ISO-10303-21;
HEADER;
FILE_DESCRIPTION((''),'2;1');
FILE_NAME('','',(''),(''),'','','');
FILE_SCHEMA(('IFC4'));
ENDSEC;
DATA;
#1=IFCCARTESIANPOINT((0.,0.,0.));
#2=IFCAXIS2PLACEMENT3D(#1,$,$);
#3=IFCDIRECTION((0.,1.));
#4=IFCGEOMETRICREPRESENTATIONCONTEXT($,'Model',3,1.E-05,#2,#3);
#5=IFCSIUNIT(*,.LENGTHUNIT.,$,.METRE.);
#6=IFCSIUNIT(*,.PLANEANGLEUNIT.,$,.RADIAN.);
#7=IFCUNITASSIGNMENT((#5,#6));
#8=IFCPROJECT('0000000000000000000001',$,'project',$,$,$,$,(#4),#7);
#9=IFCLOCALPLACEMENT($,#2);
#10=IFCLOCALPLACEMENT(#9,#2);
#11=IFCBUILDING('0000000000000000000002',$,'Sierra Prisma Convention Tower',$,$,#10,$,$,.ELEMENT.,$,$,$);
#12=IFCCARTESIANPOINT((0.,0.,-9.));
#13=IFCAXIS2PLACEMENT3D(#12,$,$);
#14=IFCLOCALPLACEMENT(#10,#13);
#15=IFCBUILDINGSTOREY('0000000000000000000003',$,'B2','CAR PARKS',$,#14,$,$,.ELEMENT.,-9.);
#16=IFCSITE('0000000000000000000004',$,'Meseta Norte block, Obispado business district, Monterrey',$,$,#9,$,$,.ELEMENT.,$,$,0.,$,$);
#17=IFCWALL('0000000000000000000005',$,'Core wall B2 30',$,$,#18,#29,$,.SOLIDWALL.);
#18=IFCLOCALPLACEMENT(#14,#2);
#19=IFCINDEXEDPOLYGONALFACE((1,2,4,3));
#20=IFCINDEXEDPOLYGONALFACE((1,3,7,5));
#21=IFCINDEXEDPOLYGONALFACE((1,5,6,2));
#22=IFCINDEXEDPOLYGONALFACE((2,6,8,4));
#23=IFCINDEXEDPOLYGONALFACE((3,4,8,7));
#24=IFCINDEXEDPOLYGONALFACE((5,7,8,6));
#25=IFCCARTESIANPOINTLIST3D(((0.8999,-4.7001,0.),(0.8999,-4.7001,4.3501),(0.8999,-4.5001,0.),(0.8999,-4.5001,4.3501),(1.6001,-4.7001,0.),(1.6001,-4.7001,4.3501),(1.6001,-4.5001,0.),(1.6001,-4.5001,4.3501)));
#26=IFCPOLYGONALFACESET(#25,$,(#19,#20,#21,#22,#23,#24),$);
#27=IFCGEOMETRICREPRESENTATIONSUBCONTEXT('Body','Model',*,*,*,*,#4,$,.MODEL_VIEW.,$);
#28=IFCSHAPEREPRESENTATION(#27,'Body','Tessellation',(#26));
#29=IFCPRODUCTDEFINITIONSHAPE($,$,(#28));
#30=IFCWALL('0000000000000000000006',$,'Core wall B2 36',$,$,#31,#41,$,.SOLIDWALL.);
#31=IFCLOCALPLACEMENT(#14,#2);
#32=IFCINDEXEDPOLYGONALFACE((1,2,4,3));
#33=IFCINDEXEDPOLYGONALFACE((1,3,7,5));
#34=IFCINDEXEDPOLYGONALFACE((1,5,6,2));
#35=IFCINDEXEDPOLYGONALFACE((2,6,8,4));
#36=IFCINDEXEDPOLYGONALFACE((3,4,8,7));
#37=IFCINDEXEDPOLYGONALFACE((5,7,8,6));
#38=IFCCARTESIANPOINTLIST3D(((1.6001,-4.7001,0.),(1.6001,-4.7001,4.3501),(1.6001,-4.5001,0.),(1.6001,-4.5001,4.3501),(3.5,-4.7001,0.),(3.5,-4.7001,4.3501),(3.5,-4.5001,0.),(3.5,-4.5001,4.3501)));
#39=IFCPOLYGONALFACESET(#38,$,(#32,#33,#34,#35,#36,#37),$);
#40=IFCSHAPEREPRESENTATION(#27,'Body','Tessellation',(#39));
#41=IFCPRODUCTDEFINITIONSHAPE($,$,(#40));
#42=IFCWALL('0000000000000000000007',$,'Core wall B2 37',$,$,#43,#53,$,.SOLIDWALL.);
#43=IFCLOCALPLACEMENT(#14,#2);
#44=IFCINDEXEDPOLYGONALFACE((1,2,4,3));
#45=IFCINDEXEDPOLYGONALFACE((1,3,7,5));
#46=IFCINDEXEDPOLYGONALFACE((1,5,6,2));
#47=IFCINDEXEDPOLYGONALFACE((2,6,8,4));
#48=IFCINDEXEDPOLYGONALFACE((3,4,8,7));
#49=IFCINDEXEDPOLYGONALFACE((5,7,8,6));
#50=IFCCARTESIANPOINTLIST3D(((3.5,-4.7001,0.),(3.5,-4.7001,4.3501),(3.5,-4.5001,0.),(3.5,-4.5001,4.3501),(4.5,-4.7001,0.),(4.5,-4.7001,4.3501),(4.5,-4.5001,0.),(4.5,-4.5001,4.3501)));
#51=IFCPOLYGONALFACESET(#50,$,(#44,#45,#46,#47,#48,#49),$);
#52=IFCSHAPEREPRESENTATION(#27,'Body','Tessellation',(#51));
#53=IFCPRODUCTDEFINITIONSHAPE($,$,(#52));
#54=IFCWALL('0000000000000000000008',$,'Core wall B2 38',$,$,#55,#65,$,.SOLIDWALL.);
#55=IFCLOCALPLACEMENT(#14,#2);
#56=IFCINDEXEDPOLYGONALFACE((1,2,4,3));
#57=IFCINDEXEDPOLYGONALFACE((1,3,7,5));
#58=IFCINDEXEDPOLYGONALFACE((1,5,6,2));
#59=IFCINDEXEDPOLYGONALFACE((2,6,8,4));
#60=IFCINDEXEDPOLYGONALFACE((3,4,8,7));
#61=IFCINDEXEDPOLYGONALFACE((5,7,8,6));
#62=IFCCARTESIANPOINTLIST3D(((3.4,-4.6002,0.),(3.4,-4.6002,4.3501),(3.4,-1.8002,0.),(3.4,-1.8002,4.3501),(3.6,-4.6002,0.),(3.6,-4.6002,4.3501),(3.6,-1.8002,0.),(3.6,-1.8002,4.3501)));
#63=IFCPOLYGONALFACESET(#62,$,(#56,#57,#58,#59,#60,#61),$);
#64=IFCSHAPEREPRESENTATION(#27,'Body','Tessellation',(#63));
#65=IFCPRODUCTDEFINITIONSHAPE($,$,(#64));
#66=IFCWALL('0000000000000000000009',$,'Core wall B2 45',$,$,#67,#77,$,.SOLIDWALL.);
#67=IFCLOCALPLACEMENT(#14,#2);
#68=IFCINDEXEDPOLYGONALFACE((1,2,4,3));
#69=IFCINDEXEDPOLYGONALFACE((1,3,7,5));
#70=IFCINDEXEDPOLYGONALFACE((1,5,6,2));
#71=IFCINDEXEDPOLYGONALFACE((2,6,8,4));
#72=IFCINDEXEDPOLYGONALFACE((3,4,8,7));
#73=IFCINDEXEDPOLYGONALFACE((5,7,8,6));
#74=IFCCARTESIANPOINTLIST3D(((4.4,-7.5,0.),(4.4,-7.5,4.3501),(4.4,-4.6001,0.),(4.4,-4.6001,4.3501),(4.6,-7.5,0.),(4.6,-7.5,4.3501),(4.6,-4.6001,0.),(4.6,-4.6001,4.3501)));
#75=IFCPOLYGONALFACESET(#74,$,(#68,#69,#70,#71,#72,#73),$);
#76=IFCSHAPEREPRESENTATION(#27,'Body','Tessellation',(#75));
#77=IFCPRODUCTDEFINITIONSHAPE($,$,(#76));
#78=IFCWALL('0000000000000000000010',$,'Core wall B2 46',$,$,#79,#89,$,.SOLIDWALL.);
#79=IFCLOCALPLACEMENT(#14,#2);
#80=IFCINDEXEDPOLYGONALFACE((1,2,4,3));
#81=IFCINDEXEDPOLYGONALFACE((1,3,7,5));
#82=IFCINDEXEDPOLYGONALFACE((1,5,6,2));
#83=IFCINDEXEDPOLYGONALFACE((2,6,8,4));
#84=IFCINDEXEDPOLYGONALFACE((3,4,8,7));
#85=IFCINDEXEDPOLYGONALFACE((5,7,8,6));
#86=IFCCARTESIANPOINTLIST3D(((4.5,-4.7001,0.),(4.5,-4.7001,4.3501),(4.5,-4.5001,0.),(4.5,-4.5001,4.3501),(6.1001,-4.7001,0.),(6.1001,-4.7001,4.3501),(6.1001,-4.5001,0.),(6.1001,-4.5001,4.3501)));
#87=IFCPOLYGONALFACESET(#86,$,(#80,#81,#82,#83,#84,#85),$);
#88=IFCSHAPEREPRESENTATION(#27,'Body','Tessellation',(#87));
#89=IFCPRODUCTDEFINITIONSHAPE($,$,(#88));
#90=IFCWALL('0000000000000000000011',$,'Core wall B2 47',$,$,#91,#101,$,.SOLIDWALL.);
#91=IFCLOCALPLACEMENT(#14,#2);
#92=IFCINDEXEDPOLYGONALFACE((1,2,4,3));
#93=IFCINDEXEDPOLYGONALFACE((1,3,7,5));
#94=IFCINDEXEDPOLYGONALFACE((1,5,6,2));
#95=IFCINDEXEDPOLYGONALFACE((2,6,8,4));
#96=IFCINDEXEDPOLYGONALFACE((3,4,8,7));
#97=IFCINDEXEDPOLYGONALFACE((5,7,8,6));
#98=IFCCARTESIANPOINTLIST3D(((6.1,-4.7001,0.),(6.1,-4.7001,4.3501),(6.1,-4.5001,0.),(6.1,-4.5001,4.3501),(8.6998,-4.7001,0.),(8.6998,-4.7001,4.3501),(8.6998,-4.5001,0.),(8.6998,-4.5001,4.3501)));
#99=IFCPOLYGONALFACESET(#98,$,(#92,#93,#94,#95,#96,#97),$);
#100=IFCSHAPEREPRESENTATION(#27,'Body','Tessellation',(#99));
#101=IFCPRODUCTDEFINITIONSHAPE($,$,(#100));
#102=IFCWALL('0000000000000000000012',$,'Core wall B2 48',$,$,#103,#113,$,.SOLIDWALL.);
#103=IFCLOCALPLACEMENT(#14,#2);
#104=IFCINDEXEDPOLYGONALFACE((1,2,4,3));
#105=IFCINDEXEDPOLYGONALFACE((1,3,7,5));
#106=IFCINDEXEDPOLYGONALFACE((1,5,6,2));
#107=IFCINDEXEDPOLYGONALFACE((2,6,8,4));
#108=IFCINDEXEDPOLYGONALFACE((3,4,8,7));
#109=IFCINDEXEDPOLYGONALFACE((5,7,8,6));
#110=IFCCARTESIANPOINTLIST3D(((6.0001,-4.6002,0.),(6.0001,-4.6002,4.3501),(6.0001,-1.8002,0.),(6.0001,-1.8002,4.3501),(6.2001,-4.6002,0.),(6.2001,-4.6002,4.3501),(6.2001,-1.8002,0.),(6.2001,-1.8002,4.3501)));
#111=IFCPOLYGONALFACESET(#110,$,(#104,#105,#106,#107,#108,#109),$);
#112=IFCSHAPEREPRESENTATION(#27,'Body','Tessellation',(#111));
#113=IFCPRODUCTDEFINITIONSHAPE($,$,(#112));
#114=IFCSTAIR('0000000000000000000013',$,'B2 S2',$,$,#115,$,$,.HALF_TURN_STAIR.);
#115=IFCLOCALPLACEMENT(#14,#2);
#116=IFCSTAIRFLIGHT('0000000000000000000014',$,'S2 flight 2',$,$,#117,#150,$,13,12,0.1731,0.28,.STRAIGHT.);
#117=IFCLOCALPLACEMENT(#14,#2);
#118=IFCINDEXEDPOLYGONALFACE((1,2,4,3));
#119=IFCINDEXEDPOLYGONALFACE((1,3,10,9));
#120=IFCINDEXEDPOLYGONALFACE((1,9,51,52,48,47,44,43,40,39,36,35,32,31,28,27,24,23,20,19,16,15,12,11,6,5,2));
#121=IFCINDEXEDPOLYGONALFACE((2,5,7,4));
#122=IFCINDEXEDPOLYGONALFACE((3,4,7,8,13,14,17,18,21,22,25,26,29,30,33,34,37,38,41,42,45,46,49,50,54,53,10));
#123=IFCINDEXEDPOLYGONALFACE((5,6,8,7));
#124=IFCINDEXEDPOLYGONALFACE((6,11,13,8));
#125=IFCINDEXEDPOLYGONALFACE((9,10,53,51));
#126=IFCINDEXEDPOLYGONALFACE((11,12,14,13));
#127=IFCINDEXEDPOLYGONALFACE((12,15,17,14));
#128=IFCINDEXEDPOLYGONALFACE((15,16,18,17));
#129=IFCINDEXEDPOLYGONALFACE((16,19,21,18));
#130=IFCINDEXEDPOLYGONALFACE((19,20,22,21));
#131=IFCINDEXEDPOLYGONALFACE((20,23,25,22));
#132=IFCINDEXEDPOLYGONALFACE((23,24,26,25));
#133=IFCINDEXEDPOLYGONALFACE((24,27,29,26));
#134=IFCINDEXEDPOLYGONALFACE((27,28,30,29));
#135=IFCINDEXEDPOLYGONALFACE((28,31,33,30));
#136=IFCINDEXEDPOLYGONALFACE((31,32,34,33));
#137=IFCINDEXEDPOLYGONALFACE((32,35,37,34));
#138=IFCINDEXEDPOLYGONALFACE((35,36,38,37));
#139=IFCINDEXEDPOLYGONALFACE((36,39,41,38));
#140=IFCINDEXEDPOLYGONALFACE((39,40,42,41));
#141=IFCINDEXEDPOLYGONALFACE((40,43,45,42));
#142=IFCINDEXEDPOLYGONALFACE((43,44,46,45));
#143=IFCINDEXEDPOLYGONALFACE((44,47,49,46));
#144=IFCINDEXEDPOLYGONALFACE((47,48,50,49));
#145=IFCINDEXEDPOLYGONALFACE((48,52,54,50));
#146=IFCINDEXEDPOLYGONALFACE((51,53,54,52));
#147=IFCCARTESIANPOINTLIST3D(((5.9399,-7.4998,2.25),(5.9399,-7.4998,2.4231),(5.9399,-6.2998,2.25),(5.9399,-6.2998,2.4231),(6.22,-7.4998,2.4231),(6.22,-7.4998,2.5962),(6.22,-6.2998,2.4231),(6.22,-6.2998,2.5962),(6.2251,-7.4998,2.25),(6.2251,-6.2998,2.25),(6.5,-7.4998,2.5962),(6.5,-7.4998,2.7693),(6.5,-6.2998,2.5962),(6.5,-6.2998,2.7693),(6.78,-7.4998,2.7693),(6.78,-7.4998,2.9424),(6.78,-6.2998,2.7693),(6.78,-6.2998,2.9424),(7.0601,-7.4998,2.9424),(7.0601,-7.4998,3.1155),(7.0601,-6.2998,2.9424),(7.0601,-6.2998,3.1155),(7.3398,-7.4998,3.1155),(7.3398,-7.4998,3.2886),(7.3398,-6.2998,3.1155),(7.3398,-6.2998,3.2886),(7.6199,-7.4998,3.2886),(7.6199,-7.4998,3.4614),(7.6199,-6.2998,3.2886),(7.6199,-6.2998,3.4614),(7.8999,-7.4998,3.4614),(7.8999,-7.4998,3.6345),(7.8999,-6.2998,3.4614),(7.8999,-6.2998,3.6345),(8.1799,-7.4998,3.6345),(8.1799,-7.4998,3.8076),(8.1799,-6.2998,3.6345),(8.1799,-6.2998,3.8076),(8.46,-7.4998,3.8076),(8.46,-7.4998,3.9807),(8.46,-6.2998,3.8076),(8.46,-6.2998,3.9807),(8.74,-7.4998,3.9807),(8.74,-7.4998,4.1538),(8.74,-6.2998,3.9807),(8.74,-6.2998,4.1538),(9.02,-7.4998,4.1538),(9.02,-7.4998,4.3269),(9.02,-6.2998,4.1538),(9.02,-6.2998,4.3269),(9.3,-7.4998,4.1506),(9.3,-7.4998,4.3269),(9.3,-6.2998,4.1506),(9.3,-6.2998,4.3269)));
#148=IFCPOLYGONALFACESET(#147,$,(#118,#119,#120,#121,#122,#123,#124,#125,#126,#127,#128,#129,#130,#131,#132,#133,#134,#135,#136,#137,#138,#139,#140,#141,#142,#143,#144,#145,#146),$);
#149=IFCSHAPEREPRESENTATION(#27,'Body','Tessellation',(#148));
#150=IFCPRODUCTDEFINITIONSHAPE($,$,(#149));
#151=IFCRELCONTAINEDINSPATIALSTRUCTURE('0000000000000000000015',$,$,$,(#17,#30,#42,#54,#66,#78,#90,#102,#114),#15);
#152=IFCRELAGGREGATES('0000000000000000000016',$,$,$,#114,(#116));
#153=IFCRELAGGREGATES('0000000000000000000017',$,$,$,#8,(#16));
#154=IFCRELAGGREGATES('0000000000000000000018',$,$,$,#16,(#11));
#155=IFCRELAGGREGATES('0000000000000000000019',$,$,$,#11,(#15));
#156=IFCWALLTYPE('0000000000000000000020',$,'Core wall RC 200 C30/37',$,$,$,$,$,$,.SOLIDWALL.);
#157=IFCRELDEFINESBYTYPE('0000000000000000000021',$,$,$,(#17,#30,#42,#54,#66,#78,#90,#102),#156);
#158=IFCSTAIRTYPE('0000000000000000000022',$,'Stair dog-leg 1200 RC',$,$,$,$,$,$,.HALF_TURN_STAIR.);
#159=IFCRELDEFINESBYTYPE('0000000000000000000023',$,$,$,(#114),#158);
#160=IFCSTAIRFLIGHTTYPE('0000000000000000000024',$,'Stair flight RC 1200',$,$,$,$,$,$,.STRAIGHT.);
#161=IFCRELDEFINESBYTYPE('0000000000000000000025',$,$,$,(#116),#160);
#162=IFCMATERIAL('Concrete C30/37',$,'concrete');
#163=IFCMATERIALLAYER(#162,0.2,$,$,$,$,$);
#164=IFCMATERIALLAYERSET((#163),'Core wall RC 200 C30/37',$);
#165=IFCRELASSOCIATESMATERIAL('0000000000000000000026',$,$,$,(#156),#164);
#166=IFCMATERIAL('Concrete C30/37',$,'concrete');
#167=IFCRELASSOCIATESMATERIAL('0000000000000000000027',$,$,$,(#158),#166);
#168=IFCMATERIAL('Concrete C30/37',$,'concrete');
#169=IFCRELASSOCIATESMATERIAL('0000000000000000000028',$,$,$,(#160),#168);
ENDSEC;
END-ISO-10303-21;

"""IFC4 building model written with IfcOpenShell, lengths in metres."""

from ifc_helpers import new_model, si_unit, direction, frame, frame_2d, origin, place, context, subcontext, project, spatial, polyline, rectangle, outline, extrude, material, layer, layer_set, type_object, element, aggregate, save


model = new_model("IFC4")

# Units and contexts
model_context = context("Model", 3, precision=1e-05, world=origin(), true_north=direction((0.0, 1.0)))
body_context = subcontext(model_context, "Body", "Model", "MODEL_VIEW")
ifc_project = project(units=[si_unit("LENGTHUNIT", "METRE"), si_unit("PLANEANGLEUNIT", "RADIAN")], contexts=[model_context])

# Site, building, storey
site_placement = place(None, origin())
site = spatial("IfcSite", under=ifc_project, at=site_placement, Name="Meseta Norte block, Obispado business district, Monterrey", CompositionType="ELEMENT", RefElevation=0.0)
building_placement = place(site_placement, origin())
building = spatial("IfcBuilding", under=site, at=building_placement, Name="Sierra Prisma Convention Tower", CompositionType="ELEMENT")
storey_placement = place(building_placement, frame((0.0, 0.0, -9.0)))
storey = spatial("IfcBuildingStorey", under=building, at=storey_placement, Name="B2", Description="CAR PARKS", CompositionType="ELEMENT", Elevation=-9.0)

# Wall
ifc_material_1 = material(Name="Concrete C30/37", Category="concrete")
ifc_layer = layer(ifc_material_1, 0.2)
ifc_layer_set = layer_set([ifc_layer], Name="Core wall RC 200 C30/37")
wall_type = type_object("IfcWallType", Name="Core wall RC 200 C30/37", PredefinedType="SOLIDWALL", material=ifc_layer_set)
wall_1_placement = place(storey_placement, frame((0.8999, -4.6001, 0.0), z_axis=(0.0, 0.0, 1.0), x_axis=(1.0, 0.0, 0.0)))
element("IfcWall", 1, at=wall_1_placement, inside=storey, type_object=wall_type, Name="Core wall B2 30", PredefinedType="SOLIDWALL", context=body_context, shape_type="SweptSolid", body=[
    extrude(rectangle(XDim=0.7002, YDim=0.2, at=frame_2d((0.3501, 0.0))), origin(), (0.0, 0.0, 1.0), 4.3501),
])

# Walls
wall_2_placement = place(storey_placement, frame((1.6001, -4.6001, 0.0), z_axis=(0.0, 0.0, 1.0), x_axis=(1.0, 0.0, 0.0)))
element("IfcWall", 2, at=wall_2_placement, inside=storey, type_object=wall_type, Name="Core wall B2 36", PredefinedType="SOLIDWALL", context=body_context, shape_type="SweptSolid", body=[
    extrude(rectangle(XDim=1.8999, YDim=0.2, at=frame_2d((0.95, 0.0))), origin(), (0.0, 0.0, 1.0), 4.3501),
])
wall_3_placement = place(storey_placement, frame((4.5, -4.6001, 0.0), z_axis=(0.0, 0.0, 1.0), x_axis=(-1.0, 0.0, 0.0)))
element("IfcWall", 3, at=wall_3_placement, inside=storey, type_object=wall_type, Name="Core wall B2 37", PredefinedType="SOLIDWALL", context=body_context, shape_type="SweptSolid", body=[
    extrude(rectangle(XDim=1.0, YDim=0.2, at=frame_2d((0.5, 0.0))), origin(), (0.0, 0.0, 1.0), 4.3501),
])
wall_4_placement = place(storey_placement, frame((3.5, -4.6001, 0.0), z_axis=(0.0, 0.0, 1.0), x_axis=(0.0, 1.0, 0.0)))
element("IfcWall", 4, at=wall_4_placement, inside=storey, type_object=wall_type, Name="Core wall B2 38", PredefinedType="SOLIDWALL", context=body_context, shape_type="SweptSolid", body=[
    extrude(rectangle(XDim=2.8, YDim=0.2, at=frame_2d((1.3999, 0.0))), origin(), (0.0, 0.0, 1.0), 4.3501),
])
wall_5_placement = place(storey_placement, frame((4.5, -7.5, 0.0), z_axis=(0.0, 0.0, 1.0), x_axis=(0.0, 1.0, 0.0)))
element("IfcWall", 5, at=wall_5_placement, inside=storey, type_object=wall_type, Name="Core wall B2 45", PredefinedType="SOLIDWALL", context=body_context, shape_type="SweptSolid", body=[
    extrude(rectangle(XDim=2.8999, YDim=0.2, at=frame_2d((1.45, 0.0))), origin(), (0.0, 0.0, 1.0), 4.3501),
])
wall_6_placement = place(storey_placement, frame((4.5, -4.6001, 0.0), z_axis=(0.0, 0.0, 1.0), x_axis=(1.0, 0.0, 0.0)))
element("IfcWall", 6, at=wall_6_placement, inside=storey, type_object=wall_type, Name="Core wall B2 46", PredefinedType="SOLIDWALL", context=body_context, shape_type="SweptSolid", body=[
    extrude(rectangle(XDim=1.6001, YDim=0.2, at=frame_2d((0.8, 0.0))), origin(), (0.0, 0.0, 1.0), 4.3501),
])
wall_7_placement = place(storey_placement, frame((6.1001, -4.6001, 0.0), z_axis=(0.0, 0.0, 1.0), x_axis=(1.0, 0.0, 0.0)))
element("IfcWall", 7, at=wall_7_placement, inside=storey, type_object=wall_type, Name="Core wall B2 47", PredefinedType="SOLIDWALL", context=body_context, shape_type="SweptSolid", body=[
    extrude(rectangle(XDim=2.5999, YDim=0.2, at=frame_2d((1.2998, 0.0))), origin(), (0.0, 0.0, 1.0), 4.3501),
])
wall_8_placement = place(storey_placement, frame((6.1001, -4.6001, 0.0), z_axis=(0.0, 0.0, 1.0), x_axis=(0.0, 1.0, 0.0)))
element("IfcWall", 8, at=wall_8_placement, inside=storey, type_object=wall_type, Name="Core wall B2 48", PredefinedType="SOLIDWALL", context=body_context, shape_type="SweptSolid", body=[
    extrude(rectangle(XDim=2.8, YDim=0.2, at=frame_2d((1.3999, 0.0))), origin(), (0.0, 0.0, 1.0), 4.3501),
])

# Stair, stair flight
ifc_material_2 = material(Name="Concrete C30/37", Category="concrete")
stair_type = type_object("IfcStairType", Name="Stair dog-leg 1200 RC", PredefinedType="HALF_TURN_STAIR", material=ifc_material_2)
stair_placement = place(storey_placement, origin())
stair = element("IfcStair", 9, at=stair_placement, inside=storey, type_object=stair_type, Name="B2 S2", PredefinedType="HALF_TURN_STAIR")
ifc_material_3 = material(Name="Concrete C30/37", Category="concrete")
stair_flight_type = type_object("IfcStairFlightType", Name="Stair flight RC 1200", PredefinedType="STRAIGHT", material=ifc_material_3)
stair_flight_placement = place(storey_placement, frame((5.9399, -6.8999, 2.25), z_axis=(0.0, 0.0, 1.0), x_axis=(1.0, 0.0, 0.0)))
stair_flight = element("IfcStairFlight", 10, at=stair_flight_placement, type_object=stair_flight_type, Name="S2 flight 2", NumberOfRisers=13, NumberOfTreads=12, PredefinedType="STRAIGHT", RiserHeight=0.1731, TreadLength=0.28, context=body_context, shape_type="SweptSolid", body=[
    extrude(outline(polyline([(0.0, 0.0), (0.0, 0.1731), (0.28, 0.1731), (0.28, 0.3462), (0.5601, 0.3462), (0.5601, 0.5193), (0.8401, 0.5193), (0.8401, 0.6924), (1.1201, 0.6924), (1.1201, 0.8655), (1.3999, 0.8655), (1.3999, 1.0386), (1.6799, 1.0386), (1.6799, 1.2114), (1.96, 1.2114), (1.96, 1.3845), (2.24, 1.3845), (2.24, 1.5576), (2.52, 1.5576), (2.52, 1.7307), (2.8, 1.7307), (2.8, 1.9038), (3.0801, 1.9038), (3.0801, 2.0769), (3.3601, 2.0769), (3.3601, 2.25), (3.3601, 1.9006), (0.2852, 0.0), (0.0, 0.0)])), frame((0.0, 0.6001, 0.0), z_axis=(0.0, -1.0, 0.0), x_axis=(1.0, 0.0, 0.0)), (0.0, 0.0, 1.0), 1.2),
])
aggregate(stair, [stair_flight])

save(model, "model.ifc")
